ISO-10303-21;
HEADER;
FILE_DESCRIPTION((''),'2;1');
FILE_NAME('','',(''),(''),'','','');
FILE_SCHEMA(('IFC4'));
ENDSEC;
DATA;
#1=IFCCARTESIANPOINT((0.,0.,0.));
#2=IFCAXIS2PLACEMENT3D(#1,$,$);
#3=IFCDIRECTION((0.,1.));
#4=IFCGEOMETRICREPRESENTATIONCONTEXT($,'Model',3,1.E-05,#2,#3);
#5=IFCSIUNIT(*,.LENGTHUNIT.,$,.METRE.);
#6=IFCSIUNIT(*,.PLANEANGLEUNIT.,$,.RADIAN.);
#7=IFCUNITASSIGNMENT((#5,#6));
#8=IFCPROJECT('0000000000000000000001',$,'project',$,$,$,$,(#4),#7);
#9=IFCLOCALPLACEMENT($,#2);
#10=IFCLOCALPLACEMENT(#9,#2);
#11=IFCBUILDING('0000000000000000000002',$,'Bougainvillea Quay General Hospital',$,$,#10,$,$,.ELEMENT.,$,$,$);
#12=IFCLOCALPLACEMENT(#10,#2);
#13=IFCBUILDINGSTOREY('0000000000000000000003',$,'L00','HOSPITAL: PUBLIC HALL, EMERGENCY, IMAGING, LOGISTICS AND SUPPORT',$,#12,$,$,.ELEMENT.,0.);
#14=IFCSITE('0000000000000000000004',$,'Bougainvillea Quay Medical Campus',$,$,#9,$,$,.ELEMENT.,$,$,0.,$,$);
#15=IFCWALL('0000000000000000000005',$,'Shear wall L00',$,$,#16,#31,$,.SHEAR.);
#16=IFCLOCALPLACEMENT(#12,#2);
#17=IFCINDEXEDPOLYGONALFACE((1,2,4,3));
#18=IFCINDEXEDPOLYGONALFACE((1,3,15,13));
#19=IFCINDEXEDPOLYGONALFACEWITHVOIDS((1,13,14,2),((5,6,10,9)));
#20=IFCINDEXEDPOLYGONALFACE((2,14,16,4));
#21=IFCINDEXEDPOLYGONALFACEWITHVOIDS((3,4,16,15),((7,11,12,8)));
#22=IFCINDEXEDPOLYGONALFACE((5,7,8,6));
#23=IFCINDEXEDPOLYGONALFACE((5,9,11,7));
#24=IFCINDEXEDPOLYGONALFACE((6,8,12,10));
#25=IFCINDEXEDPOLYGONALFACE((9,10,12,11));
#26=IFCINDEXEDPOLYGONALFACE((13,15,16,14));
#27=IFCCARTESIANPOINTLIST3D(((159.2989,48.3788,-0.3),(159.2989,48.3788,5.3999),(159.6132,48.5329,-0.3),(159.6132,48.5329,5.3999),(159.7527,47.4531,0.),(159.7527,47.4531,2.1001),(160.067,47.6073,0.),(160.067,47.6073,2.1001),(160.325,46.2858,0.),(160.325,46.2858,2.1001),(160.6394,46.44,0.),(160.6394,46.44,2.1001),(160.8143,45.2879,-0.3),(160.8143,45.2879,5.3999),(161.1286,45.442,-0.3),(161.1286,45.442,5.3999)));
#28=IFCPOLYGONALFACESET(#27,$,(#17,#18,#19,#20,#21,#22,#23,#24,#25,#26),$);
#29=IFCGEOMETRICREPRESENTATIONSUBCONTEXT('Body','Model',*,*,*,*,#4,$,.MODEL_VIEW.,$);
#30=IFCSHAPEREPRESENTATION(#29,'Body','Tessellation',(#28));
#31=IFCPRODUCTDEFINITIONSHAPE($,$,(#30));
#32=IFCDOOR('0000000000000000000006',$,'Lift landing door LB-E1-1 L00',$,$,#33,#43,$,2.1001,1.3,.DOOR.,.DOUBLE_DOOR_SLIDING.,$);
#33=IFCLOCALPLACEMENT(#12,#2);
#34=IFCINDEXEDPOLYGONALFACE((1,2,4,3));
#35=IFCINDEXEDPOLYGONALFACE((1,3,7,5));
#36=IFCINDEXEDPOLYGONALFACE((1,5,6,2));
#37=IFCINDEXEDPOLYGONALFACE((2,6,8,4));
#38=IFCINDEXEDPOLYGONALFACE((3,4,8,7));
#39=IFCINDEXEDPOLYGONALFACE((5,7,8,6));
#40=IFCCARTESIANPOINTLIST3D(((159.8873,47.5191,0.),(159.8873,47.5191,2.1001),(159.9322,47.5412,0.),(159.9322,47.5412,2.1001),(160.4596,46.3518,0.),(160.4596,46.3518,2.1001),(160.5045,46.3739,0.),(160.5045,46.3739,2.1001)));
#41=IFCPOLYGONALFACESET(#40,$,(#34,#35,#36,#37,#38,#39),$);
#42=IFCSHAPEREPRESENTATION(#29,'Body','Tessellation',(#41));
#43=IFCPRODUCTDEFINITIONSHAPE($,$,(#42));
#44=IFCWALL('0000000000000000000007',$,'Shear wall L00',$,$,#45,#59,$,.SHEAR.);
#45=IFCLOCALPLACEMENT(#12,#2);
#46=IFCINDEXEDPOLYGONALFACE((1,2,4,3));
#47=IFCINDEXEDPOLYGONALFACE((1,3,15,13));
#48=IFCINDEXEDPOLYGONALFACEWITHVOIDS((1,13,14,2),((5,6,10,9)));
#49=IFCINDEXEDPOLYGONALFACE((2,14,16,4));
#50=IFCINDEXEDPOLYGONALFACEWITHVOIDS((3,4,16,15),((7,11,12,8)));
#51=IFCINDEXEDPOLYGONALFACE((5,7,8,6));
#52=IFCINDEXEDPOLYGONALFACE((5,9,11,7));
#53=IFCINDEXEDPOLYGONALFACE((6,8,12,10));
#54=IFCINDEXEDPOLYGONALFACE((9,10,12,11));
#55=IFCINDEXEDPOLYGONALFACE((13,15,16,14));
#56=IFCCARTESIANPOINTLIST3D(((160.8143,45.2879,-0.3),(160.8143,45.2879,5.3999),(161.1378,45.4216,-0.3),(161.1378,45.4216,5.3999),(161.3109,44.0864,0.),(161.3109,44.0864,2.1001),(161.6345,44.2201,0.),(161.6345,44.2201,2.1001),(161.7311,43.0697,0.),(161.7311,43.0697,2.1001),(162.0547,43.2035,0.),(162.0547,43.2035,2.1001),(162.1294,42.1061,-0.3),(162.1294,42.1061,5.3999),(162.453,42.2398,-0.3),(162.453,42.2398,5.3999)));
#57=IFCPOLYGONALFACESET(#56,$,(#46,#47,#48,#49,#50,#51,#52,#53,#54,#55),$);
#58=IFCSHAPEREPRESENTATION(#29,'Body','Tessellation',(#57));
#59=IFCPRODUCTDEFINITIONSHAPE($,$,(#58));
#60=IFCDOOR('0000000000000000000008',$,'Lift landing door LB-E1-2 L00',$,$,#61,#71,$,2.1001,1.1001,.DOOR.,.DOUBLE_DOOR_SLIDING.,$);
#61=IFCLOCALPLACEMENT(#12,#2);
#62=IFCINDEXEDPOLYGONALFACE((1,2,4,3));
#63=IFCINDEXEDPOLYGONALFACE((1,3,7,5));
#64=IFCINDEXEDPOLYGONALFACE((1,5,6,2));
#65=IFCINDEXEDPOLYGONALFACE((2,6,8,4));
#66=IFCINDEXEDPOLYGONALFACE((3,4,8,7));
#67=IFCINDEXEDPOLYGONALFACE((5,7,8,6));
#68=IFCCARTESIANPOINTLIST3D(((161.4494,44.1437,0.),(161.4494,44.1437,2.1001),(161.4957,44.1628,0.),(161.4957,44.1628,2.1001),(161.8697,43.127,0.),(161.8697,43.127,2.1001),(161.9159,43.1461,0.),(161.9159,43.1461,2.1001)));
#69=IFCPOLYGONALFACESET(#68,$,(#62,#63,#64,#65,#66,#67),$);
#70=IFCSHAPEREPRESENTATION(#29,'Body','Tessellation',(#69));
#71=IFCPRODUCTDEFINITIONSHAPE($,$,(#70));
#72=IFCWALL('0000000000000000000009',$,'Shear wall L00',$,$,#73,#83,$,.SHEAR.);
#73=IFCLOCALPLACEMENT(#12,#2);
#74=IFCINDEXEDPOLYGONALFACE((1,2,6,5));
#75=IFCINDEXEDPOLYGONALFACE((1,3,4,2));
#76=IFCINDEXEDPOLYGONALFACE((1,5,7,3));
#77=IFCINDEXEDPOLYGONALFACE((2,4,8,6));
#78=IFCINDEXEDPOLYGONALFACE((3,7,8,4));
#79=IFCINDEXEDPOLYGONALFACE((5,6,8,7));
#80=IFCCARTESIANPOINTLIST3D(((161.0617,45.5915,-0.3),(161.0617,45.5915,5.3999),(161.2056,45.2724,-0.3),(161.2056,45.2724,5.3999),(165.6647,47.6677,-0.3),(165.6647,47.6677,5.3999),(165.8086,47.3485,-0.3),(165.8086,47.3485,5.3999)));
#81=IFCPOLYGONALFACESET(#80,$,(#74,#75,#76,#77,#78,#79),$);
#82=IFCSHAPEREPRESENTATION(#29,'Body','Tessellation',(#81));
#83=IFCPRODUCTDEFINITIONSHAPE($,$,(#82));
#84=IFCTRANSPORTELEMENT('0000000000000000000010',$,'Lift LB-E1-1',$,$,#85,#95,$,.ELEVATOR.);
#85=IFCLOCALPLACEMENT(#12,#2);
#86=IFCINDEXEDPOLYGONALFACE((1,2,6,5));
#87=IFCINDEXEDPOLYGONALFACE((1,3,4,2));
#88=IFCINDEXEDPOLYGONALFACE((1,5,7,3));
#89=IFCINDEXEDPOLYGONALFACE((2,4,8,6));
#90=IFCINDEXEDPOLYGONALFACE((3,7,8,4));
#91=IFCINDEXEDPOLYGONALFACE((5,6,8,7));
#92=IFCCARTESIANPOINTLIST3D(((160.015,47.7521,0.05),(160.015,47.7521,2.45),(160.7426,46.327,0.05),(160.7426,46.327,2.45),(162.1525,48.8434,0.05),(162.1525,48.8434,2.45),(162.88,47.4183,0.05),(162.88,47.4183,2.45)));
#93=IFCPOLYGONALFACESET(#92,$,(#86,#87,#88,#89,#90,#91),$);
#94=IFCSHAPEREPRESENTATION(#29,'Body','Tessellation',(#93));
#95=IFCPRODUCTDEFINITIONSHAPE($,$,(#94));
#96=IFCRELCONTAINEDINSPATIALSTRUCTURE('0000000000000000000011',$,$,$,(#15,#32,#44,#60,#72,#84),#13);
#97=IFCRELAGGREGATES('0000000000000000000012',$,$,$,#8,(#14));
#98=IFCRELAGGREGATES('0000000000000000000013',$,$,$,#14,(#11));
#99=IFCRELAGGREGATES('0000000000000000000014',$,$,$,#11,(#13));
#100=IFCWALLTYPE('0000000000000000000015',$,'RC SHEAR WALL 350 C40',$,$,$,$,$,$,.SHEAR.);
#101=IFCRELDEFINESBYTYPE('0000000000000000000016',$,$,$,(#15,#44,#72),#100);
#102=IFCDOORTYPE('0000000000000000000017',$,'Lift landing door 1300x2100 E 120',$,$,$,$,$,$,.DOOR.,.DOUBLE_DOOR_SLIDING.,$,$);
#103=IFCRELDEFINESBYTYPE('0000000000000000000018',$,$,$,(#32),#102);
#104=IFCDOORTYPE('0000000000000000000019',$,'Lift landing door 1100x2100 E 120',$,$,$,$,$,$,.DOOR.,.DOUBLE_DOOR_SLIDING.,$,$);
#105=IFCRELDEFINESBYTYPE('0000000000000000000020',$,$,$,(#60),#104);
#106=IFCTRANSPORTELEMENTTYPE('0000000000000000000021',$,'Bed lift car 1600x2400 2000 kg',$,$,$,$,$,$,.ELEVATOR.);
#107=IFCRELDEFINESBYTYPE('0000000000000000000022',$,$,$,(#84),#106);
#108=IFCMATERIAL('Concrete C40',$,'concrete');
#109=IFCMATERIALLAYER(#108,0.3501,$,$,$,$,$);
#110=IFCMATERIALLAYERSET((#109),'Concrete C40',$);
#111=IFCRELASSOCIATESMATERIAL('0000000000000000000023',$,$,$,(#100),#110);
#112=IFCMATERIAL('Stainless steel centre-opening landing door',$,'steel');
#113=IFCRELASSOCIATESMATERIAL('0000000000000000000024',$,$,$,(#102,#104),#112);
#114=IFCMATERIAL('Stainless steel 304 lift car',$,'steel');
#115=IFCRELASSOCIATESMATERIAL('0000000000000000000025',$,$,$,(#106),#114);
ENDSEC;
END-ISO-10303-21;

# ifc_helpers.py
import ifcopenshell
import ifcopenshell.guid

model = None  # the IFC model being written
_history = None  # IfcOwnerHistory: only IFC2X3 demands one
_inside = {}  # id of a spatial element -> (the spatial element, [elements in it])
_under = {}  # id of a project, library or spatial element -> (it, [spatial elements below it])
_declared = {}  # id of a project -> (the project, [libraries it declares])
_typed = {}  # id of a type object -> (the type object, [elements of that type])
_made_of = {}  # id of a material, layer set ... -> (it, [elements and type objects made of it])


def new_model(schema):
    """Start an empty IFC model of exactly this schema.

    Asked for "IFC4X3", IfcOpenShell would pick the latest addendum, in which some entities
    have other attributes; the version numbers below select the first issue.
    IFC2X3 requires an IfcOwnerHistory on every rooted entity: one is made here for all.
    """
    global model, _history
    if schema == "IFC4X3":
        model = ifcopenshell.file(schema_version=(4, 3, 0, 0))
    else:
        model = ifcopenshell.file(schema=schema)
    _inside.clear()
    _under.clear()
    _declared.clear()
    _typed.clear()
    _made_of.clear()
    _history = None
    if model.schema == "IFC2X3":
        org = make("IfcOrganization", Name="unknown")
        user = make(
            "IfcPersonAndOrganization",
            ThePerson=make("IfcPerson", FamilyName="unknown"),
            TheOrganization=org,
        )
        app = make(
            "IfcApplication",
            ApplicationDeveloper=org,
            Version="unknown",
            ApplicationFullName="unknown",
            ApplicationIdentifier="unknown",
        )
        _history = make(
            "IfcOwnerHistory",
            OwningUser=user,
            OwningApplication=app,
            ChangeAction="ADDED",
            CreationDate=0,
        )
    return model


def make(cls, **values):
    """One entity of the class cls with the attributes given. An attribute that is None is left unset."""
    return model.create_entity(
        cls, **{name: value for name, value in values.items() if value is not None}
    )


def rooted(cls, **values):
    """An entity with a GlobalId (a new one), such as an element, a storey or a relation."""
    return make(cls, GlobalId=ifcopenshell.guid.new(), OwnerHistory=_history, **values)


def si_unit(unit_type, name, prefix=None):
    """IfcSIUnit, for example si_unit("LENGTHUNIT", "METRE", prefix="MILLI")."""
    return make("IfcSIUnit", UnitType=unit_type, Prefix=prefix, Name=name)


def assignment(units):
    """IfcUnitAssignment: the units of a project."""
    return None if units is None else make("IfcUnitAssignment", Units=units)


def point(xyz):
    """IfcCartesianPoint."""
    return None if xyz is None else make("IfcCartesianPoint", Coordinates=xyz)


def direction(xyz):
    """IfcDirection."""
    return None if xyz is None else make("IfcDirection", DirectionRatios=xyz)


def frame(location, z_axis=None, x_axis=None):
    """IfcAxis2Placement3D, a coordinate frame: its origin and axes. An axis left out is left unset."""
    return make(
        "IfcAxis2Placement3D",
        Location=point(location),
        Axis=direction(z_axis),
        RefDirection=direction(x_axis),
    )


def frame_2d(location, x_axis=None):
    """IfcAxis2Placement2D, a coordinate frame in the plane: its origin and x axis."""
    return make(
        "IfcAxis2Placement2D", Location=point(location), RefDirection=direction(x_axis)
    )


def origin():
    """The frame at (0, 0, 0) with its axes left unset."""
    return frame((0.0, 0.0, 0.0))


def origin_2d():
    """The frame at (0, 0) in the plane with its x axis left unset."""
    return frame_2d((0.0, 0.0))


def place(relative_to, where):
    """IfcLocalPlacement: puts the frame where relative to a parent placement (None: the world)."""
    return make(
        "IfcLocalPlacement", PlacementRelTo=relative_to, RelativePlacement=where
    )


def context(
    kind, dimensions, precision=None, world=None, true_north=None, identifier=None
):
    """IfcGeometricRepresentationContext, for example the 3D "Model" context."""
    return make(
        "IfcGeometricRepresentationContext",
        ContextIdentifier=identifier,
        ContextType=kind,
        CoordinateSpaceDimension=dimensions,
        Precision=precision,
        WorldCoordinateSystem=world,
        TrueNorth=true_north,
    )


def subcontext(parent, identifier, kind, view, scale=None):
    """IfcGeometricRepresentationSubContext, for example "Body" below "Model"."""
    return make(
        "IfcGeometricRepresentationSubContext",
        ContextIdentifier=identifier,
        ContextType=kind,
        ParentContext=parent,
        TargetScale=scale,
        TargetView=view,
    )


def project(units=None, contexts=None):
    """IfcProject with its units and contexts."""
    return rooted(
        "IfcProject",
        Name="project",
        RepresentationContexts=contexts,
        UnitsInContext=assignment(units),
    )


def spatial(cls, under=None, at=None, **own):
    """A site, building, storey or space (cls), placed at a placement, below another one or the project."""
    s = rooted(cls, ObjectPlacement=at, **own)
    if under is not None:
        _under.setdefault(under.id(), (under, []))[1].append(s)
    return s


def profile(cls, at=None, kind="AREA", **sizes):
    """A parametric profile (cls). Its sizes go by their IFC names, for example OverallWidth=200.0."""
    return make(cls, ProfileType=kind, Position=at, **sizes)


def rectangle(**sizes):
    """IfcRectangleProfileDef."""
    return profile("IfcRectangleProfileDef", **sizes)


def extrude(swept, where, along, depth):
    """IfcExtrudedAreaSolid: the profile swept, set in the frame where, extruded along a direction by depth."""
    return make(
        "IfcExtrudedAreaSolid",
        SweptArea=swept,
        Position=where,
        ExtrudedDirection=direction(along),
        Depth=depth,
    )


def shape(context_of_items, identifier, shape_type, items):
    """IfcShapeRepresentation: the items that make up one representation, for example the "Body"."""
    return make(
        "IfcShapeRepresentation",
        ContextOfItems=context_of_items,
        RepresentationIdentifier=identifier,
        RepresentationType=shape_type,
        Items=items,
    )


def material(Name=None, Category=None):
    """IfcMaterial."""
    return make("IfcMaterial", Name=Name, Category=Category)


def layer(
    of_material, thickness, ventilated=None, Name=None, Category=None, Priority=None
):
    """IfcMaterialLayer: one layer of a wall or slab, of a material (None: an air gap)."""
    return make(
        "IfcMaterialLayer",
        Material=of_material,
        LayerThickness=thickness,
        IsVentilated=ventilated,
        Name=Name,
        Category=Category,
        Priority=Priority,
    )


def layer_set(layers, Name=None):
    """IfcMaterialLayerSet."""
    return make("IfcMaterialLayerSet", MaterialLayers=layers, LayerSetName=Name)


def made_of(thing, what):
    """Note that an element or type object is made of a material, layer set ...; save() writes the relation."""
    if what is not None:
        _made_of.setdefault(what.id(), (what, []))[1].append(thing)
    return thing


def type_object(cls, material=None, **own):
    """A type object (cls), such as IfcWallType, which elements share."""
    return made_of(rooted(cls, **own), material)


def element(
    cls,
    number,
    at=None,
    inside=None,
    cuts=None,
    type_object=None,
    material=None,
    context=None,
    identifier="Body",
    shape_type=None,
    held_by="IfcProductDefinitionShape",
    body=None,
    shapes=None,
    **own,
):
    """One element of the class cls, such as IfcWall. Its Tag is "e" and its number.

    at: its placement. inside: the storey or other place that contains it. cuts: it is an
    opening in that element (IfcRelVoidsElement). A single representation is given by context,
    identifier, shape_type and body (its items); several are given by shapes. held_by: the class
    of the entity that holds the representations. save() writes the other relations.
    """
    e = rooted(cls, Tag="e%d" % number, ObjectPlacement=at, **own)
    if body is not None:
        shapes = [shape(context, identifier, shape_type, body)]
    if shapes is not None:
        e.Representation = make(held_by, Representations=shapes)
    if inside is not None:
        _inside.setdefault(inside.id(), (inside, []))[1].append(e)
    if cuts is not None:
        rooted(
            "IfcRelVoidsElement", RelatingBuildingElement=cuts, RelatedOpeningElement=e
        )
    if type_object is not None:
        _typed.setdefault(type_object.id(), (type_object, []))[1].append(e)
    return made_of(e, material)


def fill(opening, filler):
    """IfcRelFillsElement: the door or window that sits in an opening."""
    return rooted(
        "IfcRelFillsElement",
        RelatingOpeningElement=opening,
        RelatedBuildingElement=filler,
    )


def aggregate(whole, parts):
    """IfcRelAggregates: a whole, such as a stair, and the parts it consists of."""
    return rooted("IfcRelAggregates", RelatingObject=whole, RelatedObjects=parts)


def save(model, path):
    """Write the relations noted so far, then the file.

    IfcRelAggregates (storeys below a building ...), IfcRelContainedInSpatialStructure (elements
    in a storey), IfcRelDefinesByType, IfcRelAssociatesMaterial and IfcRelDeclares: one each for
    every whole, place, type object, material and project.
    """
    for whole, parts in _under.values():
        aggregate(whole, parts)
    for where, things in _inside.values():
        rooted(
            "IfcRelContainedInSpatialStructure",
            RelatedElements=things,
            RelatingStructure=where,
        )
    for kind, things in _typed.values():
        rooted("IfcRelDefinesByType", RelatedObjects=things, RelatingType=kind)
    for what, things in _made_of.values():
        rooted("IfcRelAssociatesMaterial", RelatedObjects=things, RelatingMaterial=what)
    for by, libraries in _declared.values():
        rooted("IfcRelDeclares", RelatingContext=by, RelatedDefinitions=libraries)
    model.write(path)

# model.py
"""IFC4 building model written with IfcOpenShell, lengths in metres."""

from ifc_helpers import new_model, si_unit, direction, frame, frame_2d, origin, origin_2d, place, context, subcontext, project, spatial, rectangle, extrude, material, layer, layer_set, type_object, element, fill, save


model = new_model("IFC4")

# Units and contexts
model_context = context("Model", 3, precision=1e-05, world=origin(), true_north=direction((0.0, 1.0)))
body_context = subcontext(model_context, "Body", "Model", "MODEL_VIEW")
ifc_project = project(units=[si_unit("LENGTHUNIT", "METRE"), si_unit("PLANEANGLEUNIT", "RADIAN")], contexts=[model_context])

# Site, building, storey
site_placement = place(None, origin())
site = spatial("IfcSite", under=ifc_project, at=site_placement, Name="Bougainvillea Quay Medical Campus", CompositionType="ELEMENT", RefElevation=0.0)
building_placement = place(site_placement, origin())
building = spatial("IfcBuilding", under=site, at=building_placement, Name="Bougainvillea Quay General Hospital", CompositionType="ELEMENT")
storey_placement = place(building_placement, origin())
storey = spatial("IfcBuildingStorey", under=building, at=storey_placement, Name="L00", Description="HOSPITAL: PUBLIC HALL, EMERGENCY, IMAGING, LOGISTICS AND SUPPORT", CompositionType="ELEMENT", Elevation=0.0)

# Shared definitions
ifc_material_1 = material(Name="Concrete C40", Category="concrete")

# Shared definitions
ifc_layer_1 = layer(ifc_material_1, 0.3501)
ifc_layer_set_1 = layer_set([ifc_layer_1], Name="Concrete C40")
wall_type_1 = type_object("IfcWallType", Name="RC SHEAR WALL 350 C40", PredefinedType="SHEAR", material=ifc_layer_set_1)

# Walls, openings, doors
wall_1_placement = place(storey_placement, frame((159.4561, 48.4558, -0.3), z_axis=(0.0, 0.0, 1.0), x_axis=(0.440221, -0.897889, 0.0)))
wall_1 = element("IfcWall", 1, at=wall_1_placement, inside=storey, type_object=wall_type_1, Name="Shear wall L00", PredefinedType="SHEAR", context=body_context, shape_type="SweptSolid", body=[
    extrude(rectangle(XDim=3.4424, YDim=0.3501, at=frame_2d((1.7212, 0.0))), origin(), (0.0, 0.0, 1.0), 5.7),
])
opening_1_placement = place(wall_1_placement, frame((1.031, 0.0, 0.3)))
opening_1 = element("IfcOpeningElement", 2, at=opening_1_placement, cuts=wall_1, PredefinedType="OPENING", context=body_context, shape_type="SweptSolid", body=[
    extrude(rectangle(XDim=1.3, YDim=2.1001, at=frame_2d((0.6499, 1.05))), frame((0.0, 0.1851, 0.0), z_axis=(0.0, -1.0, 0.0), x_axis=(1.0, 0.0, 0.0)), (0.0, 0.0, 1.0), 0.3701),
])
ifc_material_2 = material(Name="Stainless steel centre-opening landing door", Category="steel")
door_type_1 = type_object("IfcDoorType", Name="Lift landing door 1300x2100 E 120", OperationType="DOUBLE_DOOR_SLIDING", PredefinedType="DOOR", material=ifc_material_2)
door_1_placement = place(opening_1_placement, origin())
door_1 = element("IfcDoor", 3, at=door_1_placement, inside=storey, type_object=door_type_1, Name="Lift landing door LB-E1-1 L00", OperationType="DOUBLE_DOOR_SLIDING", OverallHeight=2.1001, OverallWidth=1.3, PredefinedType="DOOR", context=body_context, shape_type="SweptSolid", body=[
    extrude(rectangle(XDim=1.3, YDim=2.1001, at=frame_2d((0.6499, 1.05))), frame((0.0, 0.0249, 0.0), z_axis=(0.0, -1.0, 0.0), x_axis=(1.0, 0.0, 0.0)), (0.0, 0.0, 1.0), 0.05),
])
fill(opening_1, door_1)
wall_2_placement = place(storey_placement, frame((160.9761, 45.3547, -0.3), z_axis=(0.0, 0.0, 1.0), x_axis=(0.381991, -0.924166, 0.0)))
wall_2 = element("IfcWall", 4, at=wall_2_placement, inside=storey, type_object=wall_type_1, Name="Shear wall L00", PredefinedType="SHEAR", context=body_context, shape_type="SweptSolid", body=[
    extrude(rectangle(XDim=3.4429, YDim=0.3501, at=frame_2d((1.7214, 0.0))), origin(), (0.0, 0.0, 1.0), 5.7),
])
opening_2_placement = place(wall_2_placement, frame((1.3, 0.0, 0.3)))
opening_2 = element("IfcOpeningElement", 5, at=opening_2_placement, cuts=wall_2, PredefinedType="OPENING", context=body_context, shape_type="SweptSolid", body=[
    extrude(rectangle(XDim=1.1001, YDim=2.1001, at=frame_2d((0.55, 1.05))), frame((0.0, 0.1851, 0.0), z_axis=(0.0, -1.0, 0.0), x_axis=(1.0, 0.0, 0.0)), (0.0, 0.0, 1.0), 0.3701),
])
door_type_2 = type_object("IfcDoorType", Name="Lift landing door 1100x2100 E 120", OperationType="DOUBLE_DOOR_SLIDING", PredefinedType="DOOR", material=ifc_material_2)
door_2_placement = place(opening_2_placement, origin())
door_2 = element("IfcDoor", 6, at=door_2_placement, inside=storey, type_object=door_type_2, Name="Lift landing door LB-E1-2 L00", OperationType="DOUBLE_DOOR_SLIDING", OverallHeight=2.1001, OverallWidth=1.1001, PredefinedType="DOOR", context=body_context, shape_type="SweptSolid", body=[
    extrude(rectangle(XDim=1.1001, YDim=2.1001, at=frame_2d((0.55, 1.05))), frame((0.0, 0.0249, 0.0), z_axis=(0.0, -1.0, 0.0), x_axis=(1.0, 0.0, 0.0)), (0.0, 0.0, 1.0), 0.05),
])
fill(opening_2, door_2)

# Wall
wall_3_placement = place(storey_placement, frame((161.1335, 45.4319, -0.3), z_axis=(0.0, 0.0, 1.0), x_axis=(0.911565, 0.411157, 0.0)))
element("IfcWall", 7, at=wall_3_placement, inside=storey, type_object=wall_type_1, Name="Shear wall L00", PredefinedType="SHEAR", context=body_context, shape_type="SweptSolid", body=[
    extrude(rectangle(XDim=5.0496, YDim=0.3501, at=frame_2d((2.5249, 0.0))), origin(), (0.0, 0.0, 1.0), 5.7),
])

# Transport element
ifc_material_3 = material(Name="Stainless steel 304 lift car", Category="steel")
transport_element_type = type_object("IfcTransportElementType", Name="Bed lift car 1600x2400 2000 kg", PredefinedType="ELEVATOR", material=ifc_material_3)
transport_element_placement = place(storey_placement, frame((161.4475, 47.5852, 0.05), z_axis=(0.0, 0.0, 1.0), x_axis=(0.454703, -0.890643, 0.0)))
element("IfcTransportElement", 8, at=transport_element_placement, inside=storey, type_object=transport_element_type, Name="Lift LB-E1-1", PredefinedType="ELEVATOR", context=body_context, shape_type="SweptSolid", body=[
    extrude(rectangle(XDim=1.6001, YDim=2.3999, at=origin_2d()), origin(), (0.0, 0.0, 1.0), 2.3999),
])

save(model, "model.ifc")
